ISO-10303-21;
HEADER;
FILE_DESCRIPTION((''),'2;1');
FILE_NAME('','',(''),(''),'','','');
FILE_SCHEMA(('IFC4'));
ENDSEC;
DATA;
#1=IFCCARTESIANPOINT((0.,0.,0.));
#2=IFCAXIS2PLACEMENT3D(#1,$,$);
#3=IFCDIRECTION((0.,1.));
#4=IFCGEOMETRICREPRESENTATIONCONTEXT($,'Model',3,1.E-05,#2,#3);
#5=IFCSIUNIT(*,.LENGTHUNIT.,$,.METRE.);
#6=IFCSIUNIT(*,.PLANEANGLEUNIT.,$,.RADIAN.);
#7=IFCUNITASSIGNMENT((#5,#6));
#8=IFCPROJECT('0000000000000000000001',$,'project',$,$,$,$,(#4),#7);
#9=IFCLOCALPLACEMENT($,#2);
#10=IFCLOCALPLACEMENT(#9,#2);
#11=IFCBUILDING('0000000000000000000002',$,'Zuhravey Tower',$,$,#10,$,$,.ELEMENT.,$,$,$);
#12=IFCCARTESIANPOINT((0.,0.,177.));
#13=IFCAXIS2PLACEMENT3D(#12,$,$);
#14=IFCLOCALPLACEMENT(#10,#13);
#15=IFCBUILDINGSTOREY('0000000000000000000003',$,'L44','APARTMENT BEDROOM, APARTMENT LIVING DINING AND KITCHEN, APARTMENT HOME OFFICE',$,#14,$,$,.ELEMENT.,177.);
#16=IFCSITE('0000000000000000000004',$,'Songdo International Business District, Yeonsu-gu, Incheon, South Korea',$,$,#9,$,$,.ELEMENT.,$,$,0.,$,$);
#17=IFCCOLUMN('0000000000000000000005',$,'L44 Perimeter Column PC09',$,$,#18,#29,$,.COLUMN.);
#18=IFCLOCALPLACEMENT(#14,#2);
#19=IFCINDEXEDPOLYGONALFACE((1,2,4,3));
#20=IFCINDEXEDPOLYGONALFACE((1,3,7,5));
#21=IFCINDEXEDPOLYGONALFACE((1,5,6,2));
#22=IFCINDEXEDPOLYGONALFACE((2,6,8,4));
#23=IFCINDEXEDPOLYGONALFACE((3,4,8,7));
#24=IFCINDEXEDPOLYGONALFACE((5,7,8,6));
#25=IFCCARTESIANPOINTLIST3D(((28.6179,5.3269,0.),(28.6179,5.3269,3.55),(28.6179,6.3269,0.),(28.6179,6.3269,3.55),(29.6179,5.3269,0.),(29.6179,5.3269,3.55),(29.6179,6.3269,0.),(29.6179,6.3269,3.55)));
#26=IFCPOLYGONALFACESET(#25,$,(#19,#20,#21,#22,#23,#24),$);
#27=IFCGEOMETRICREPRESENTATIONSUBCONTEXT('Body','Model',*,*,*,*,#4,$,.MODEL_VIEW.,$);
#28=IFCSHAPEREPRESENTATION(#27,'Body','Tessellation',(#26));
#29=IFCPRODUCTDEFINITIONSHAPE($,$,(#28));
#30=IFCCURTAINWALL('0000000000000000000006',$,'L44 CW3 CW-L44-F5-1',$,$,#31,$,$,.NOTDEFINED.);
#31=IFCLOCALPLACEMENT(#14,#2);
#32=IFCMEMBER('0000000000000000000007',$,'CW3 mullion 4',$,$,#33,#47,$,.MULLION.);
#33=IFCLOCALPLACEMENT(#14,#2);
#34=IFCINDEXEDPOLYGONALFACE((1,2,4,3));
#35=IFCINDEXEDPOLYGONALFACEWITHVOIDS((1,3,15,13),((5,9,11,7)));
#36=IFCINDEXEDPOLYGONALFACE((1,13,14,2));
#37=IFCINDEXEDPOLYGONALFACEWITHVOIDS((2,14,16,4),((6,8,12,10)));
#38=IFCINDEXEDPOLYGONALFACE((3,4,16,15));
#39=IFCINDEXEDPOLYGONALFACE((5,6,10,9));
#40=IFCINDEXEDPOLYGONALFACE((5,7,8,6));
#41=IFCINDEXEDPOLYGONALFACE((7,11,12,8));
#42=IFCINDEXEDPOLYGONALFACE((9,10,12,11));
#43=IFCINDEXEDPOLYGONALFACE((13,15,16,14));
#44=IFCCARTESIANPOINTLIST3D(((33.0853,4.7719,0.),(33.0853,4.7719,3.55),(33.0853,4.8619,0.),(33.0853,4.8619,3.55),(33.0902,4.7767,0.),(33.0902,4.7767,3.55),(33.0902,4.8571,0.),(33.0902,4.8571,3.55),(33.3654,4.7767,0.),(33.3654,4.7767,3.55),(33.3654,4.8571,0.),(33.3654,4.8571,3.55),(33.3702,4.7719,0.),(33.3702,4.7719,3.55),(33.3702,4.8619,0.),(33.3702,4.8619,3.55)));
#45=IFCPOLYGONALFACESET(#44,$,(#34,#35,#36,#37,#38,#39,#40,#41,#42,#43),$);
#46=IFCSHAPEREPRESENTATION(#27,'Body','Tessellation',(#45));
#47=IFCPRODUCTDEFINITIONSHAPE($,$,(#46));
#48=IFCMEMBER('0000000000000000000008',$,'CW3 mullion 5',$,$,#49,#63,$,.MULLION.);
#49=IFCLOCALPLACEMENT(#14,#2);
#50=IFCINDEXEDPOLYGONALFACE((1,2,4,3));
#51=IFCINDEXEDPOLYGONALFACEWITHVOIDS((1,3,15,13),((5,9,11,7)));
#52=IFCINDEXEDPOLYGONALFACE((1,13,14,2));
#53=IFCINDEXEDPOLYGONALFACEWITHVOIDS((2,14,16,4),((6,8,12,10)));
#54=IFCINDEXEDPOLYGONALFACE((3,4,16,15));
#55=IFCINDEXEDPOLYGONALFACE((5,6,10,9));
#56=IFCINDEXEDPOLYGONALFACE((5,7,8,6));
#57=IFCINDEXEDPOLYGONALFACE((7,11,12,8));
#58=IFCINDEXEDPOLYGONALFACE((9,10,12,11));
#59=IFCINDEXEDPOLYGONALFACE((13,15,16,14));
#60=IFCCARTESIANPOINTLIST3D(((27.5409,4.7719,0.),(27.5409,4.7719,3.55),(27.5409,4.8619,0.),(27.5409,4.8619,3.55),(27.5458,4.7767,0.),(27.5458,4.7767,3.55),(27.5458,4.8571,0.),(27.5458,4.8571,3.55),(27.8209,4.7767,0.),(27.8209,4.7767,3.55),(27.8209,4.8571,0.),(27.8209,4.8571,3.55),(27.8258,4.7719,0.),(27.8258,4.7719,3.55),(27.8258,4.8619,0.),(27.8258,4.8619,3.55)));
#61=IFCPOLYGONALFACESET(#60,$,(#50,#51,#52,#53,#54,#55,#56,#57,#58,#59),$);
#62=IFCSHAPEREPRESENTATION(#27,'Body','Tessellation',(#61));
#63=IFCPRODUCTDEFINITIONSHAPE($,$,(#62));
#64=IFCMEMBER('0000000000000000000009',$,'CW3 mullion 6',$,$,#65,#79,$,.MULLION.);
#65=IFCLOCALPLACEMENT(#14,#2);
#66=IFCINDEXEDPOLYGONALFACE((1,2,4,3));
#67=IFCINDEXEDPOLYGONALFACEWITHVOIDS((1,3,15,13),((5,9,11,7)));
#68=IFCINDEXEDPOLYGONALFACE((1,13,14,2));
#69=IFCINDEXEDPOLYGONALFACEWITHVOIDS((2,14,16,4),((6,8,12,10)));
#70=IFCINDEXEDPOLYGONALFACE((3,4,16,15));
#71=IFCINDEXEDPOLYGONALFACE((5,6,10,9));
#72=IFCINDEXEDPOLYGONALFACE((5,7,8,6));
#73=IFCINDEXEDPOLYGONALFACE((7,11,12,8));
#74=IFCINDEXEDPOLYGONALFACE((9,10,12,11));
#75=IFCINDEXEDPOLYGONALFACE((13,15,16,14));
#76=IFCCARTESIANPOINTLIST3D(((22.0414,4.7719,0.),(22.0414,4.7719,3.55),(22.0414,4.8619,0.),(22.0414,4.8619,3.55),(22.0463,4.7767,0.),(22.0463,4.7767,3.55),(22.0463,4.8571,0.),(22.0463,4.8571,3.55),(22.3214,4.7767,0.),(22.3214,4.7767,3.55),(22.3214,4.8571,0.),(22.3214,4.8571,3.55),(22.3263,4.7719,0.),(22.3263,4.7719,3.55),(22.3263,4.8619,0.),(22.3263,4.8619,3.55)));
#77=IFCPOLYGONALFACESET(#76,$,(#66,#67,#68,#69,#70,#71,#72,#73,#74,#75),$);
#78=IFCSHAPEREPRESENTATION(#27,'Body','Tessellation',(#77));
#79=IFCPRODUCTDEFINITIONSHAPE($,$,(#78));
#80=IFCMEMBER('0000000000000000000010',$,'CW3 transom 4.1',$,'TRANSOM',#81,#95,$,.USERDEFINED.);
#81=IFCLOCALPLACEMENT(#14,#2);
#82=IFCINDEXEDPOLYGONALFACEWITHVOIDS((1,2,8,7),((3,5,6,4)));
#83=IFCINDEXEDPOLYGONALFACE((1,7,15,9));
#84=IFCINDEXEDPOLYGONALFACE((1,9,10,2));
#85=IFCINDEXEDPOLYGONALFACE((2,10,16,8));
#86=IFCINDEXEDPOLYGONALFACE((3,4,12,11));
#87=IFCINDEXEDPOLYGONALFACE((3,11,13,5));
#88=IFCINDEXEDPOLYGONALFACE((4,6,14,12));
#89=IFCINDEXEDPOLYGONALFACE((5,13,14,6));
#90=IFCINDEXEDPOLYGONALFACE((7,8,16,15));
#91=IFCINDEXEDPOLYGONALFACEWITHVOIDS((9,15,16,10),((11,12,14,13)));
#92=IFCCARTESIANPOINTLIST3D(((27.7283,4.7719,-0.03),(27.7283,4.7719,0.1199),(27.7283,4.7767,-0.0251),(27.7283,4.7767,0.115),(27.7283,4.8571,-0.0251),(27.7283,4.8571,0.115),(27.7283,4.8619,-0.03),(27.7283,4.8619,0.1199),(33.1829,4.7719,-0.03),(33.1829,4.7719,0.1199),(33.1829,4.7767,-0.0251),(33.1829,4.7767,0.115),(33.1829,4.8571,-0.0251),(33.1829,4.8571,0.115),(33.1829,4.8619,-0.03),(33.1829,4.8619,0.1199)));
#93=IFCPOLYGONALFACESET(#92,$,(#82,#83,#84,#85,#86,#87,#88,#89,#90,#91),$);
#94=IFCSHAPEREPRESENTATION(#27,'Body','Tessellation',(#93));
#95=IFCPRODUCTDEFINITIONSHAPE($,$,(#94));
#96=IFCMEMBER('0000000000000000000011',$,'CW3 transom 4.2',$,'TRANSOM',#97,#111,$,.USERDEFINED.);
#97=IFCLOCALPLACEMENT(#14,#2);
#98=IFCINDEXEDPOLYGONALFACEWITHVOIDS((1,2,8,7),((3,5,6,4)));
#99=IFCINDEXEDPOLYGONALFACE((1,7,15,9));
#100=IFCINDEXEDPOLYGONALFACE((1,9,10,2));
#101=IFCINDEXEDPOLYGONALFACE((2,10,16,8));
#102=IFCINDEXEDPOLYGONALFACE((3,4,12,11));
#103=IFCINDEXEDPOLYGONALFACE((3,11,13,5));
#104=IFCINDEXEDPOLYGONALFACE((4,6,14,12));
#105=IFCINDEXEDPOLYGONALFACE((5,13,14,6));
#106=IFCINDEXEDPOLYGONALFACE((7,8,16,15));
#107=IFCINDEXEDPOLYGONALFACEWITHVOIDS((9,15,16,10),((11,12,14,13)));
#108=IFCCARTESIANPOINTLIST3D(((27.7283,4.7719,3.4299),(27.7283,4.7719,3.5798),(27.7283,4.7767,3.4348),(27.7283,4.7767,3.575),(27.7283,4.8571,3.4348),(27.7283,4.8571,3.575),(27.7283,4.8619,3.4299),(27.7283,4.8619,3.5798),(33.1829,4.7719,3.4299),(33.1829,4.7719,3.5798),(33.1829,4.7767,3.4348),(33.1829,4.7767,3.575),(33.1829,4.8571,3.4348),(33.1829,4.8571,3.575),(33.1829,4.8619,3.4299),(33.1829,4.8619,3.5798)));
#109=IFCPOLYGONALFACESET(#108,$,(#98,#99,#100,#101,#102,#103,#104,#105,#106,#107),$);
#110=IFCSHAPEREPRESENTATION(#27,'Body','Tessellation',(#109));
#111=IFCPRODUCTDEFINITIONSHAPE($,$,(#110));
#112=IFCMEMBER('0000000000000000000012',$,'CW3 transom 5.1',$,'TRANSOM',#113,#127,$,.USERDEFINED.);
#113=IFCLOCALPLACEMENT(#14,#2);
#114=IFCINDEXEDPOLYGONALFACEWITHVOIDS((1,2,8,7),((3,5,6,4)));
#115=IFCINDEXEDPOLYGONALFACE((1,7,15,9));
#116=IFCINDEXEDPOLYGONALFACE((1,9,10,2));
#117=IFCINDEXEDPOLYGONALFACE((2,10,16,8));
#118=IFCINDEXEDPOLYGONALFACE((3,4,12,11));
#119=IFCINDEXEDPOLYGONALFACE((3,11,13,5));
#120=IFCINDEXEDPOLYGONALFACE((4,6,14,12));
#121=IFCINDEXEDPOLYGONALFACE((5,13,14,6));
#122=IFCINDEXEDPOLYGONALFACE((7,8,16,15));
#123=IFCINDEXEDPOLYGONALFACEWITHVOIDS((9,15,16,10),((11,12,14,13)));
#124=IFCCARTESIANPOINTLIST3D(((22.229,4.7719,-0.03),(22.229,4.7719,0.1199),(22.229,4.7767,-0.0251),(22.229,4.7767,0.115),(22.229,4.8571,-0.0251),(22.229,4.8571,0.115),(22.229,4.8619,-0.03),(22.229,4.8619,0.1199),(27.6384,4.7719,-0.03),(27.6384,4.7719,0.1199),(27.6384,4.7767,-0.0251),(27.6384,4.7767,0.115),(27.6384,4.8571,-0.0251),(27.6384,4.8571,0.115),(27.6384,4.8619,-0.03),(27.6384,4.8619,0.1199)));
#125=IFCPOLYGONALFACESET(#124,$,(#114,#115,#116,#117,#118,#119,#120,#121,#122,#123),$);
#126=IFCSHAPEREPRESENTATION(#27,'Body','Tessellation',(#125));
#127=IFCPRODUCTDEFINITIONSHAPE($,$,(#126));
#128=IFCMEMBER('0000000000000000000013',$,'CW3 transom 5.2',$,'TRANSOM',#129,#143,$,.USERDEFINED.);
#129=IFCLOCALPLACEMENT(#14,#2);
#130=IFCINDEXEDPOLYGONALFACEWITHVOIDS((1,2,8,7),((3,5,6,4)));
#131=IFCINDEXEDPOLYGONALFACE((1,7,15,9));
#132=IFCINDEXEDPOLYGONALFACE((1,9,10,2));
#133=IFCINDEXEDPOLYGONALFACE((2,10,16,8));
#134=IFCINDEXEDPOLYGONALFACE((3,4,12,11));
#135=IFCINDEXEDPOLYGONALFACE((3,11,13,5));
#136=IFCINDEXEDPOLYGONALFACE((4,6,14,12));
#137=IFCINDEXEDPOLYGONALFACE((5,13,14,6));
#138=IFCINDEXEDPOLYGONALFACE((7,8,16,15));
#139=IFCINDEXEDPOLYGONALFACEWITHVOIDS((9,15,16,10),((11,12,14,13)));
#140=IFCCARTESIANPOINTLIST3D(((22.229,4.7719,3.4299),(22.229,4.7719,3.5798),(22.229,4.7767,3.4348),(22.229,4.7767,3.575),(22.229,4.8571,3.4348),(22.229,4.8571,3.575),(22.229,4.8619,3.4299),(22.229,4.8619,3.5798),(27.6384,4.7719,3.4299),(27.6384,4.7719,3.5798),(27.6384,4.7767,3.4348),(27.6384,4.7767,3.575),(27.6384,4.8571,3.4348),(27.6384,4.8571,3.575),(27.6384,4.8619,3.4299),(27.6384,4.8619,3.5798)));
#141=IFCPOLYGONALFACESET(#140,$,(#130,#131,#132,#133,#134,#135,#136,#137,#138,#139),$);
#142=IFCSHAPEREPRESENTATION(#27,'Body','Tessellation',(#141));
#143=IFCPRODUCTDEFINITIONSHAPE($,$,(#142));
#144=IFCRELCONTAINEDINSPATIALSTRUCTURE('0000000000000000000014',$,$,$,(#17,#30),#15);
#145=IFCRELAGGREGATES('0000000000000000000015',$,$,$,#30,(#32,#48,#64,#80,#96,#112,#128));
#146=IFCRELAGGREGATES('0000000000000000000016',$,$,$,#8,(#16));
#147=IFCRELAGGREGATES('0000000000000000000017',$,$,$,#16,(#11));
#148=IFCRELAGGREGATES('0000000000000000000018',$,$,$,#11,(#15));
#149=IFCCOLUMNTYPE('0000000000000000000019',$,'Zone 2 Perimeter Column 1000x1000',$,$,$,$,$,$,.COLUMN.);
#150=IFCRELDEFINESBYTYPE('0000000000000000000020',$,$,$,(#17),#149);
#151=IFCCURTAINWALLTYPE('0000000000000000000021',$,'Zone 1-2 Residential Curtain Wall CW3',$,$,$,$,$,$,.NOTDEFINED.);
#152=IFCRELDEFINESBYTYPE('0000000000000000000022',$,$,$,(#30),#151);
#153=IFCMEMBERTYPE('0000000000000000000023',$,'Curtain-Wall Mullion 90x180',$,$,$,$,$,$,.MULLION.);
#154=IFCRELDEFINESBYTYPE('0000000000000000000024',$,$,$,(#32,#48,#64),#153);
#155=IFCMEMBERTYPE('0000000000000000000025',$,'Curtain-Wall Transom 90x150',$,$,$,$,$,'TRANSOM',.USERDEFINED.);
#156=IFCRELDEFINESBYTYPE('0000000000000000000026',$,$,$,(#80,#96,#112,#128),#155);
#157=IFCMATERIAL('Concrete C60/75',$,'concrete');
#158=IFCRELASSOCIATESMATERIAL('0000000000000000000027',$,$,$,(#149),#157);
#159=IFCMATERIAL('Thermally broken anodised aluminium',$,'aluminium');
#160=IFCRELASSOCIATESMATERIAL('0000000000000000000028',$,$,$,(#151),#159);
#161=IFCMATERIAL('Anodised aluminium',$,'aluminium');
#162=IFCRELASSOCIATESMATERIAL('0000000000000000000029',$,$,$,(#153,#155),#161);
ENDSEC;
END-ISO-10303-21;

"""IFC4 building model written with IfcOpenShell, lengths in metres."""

from ifc_helpers import new_model, si_unit, direction, frame, origin, origin_2d, place, context, subcontext, project, spatial, rectangle, hollow_rectangle, extrude, material, material_profile, profile_set, type_object, element, aggregate, save


model = new_model("IFC4")

# Units and contexts
model_context = context("Model", 3, precision=1e-05, world=origin(), true_north=direction((0.0, 1.0)))
body_context = subcontext(model_context, "Body", "Model", "MODEL_VIEW")
ifc_project = project(units=[si_unit("LENGTHUNIT", "METRE"), si_unit("PLANEANGLEUNIT", "RADIAN")], contexts=[model_context])

# Site, building, storey
site_placement = place(None, origin())
site = spatial("IfcSite", under=ifc_project, at=site_placement, Name="Songdo International Business District, Yeonsu-gu, Incheon, South Korea", CompositionType="ELEMENT", RefElevation=0.0)
building_placement = place(site_placement, origin())
building = spatial("IfcBuilding", under=site, at=building_placement, Name="Zuhravey Tower", CompositionType="ELEMENT")
storey_placement = place(building_placement, frame((0.0, 0.0, 177.0)))
storey = spatial("IfcBuildingStorey", under=building, at=storey_placement, Name="L44", Description="APARTMENT BEDROOM, APARTMENT LIVING DINING AND KITCHEN, APARTMENT HOME OFFICE", CompositionType="ELEMENT", Elevation=177.0)

# Column
ifc_material_1 = material(Name="Concrete C60/75", Category="concrete")
ifc_material_profile_1 = material_profile(ifc_material_1, rectangle(XDim=1.0, YDim=1.0, at=origin_2d()), Name="RC-1000x1000")
ifc_profile_set_1 = profile_set([ifc_material_profile_1], Name="Concrete C60/75")
column_type = type_object("IfcColumnType", Name="Zone 2 Perimeter Column 1000x1000", PredefinedType="COLUMN", material=ifc_profile_set_1)
column_placement = place(storey_placement, frame((29.1179, 5.8269, 0.0), z_axis=(0.0, 0.0, 1.0), x_axis=(1.0, 0.0, 0.0)))
element("IfcColumn", 1, at=column_placement, inside=storey, type_object=column_type, Name="L44 Perimeter Column PC09", PredefinedType="COLUMN", context=body_context, shape_type="SweptSolid", body=[
    extrude(rectangle(XDim=1.0, YDim=1.0, at=origin_2d()), origin(), (0.0, 0.0, 1.0), 3.55),
])

# Curtain wall, members
ifc_material_2 = material(Name="Thermally broken anodised aluminium", Category="aluminium")
curtain_wall_type = type_object("IfcCurtainWallType", Name="Zone 1-2 Residential Curtain Wall CW3", PredefinedType="NOTDEFINED", material=ifc_material_2)
curtain_wall_placement = place(storey_placement, origin())
curtain_wall = element("IfcCurtainWall", 2, at=curtain_wall_placement, inside=storey, type_object=curtain_wall_type, Name="L44 CW3 CW-L44-F5-1", PredefinedType="NOTDEFINED")
ifc_material_3 = material(Name="Anodised aluminium", Category="aluminium")
ifc_material_profile_2 = material_profile(ifc_material_3, hollow_rectangle(XDim=0.0901, YDim=0.2849, WallThickness=0.0049, at=origin_2d()), Name="ALU-RHS-90x285x5")
ifc_profile_set_2 = profile_set([ifc_material_profile_2], Name="Anodised aluminium")
member_type_1 = type_object("IfcMemberType", Name="Curtain-Wall Mullion 90x180", PredefinedType="MULLION", material=ifc_profile_set_2)
member_1_placement = place(storey_placement, frame((33.2278, 4.8169, 0.0), z_axis=(0.0, 0.0, 1.0), x_axis=(0.0, -1.0, 0.0)))
member_1 = element("IfcMember", 3, at=member_1_placement, type_object=member_type_1, Name="CW3 mullion 4", PredefinedType="MULLION", context=body_context, shape_type="SweptSolid", body=[
    extrude(hollow_rectangle(XDim=0.0901, YDim=0.2849, WallThickness=0.0049, at=origin_2d()), origin(), (0.0, 0.0, 1.0), 3.55),
])
member_2_placement = place(storey_placement, frame((27.6833, 4.8169, 0.0), z_axis=(0.0, 0.0, 1.0), x_axis=(0.0, -1.0, 0.0)))
member_2 = element("IfcMember", 4, at=member_2_placement, type_object=member_type_1, Name="CW3 mullion 5", PredefinedType="MULLION", context=body_context, shape_type="SweptSolid", body=[
    extrude(hollow_rectangle(XDim=0.0901, YDim=0.2849, WallThickness=0.0049, at=origin_2d()), origin(), (0.0, 0.0, 1.0), 3.55),
])
member_3_placement = place(storey_placement, frame((22.1838, 4.8169, 0.0), z_axis=(0.0, 0.0, 1.0), x_axis=(0.0, -1.0, 0.0)))
member_3 = element("IfcMember", 5, at=member_3_placement, type_object=member_type_1, Name="CW3 mullion 6", PredefinedType="MULLION", context=body_context, shape_type="SweptSolid", body=[
    extrude(hollow_rectangle(XDim=0.0901, YDim=0.2849, WallThickness=0.0049, at=origin_2d()), origin(), (0.0, 0.0, 1.0), 3.55),
])
ifc_material_profile_3 = material_profile(ifc_material_3, hollow_rectangle(XDim=0.0901, YDim=0.1499, WallThickness=0.0049, at=origin_2d()), Name="ALU-RHS-90x150x5")
ifc_profile_set_3 = profile_set([ifc_material_profile_3], Name="Anodised aluminium")
member_type_2 = type_object("IfcMemberType", Name="Curtain-Wall Transom 90x150", ElementType="TRANSOM", PredefinedType="USERDEFINED", material=ifc_profile_set_3)
member_4_placement = place(storey_placement, frame((33.1829, 4.8169, 0.0449), z_axis=(-1.0, 0.0, 0.0), x_axis=(0.0, -1.0, 0.0)))
member_4 = element("IfcMember", 6, at=member_4_placement, type_object=member_type_2, Name="CW3 transom 4.1", ObjectType="TRANSOM", PredefinedType="USERDEFINED", context=body_context, shape_type="SweptSolid", body=[
    extrude(hollow_rectangle(XDim=0.0901, YDim=0.1499, WallThickness=0.0049, at=origin_2d()), origin(), (0.0, 0.0, 1.0), 5.4546),
])
member_5_placement = place(storey_placement, frame((33.1829, 4.8169, 3.5049), z_axis=(-1.0, 0.0, 0.0), x_axis=(0.0, -1.0, 0.0)))
member_5 = element("IfcMember", 7, at=member_5_placement, type_object=member_type_2, Name="CW3 transom 4.2", ObjectType="TRANSOM", PredefinedType="USERDEFINED", context=body_context, shape_type="SweptSolid", body=[
    extrude(hollow_rectangle(XDim=0.0901, YDim=0.1499, WallThickness=0.0049, at=origin_2d()), origin(), (0.0, 0.0, 1.0), 5.4546),
])
member_6_placement = place(storey_placement, frame((27.6384, 4.8169, 0.0449), z_axis=(-1.0, 0.0, 0.0), x_axis=(0.0, -1.0, 0.0)))
member_6 = element("IfcMember", 8, at=member_6_placement, type_object=member_type_2, Name="CW3 transom 5.1", ObjectType="TRANSOM", PredefinedType="USERDEFINED", context=body_context, shape_type="SweptSolid", body=[
    extrude(hollow_rectangle(XDim=0.0901, YDim=0.1499, WallThickness=0.0049, at=origin_2d()), origin(), (0.0, 0.0, 1.0), 5.4094),
])
member_7_placement = place(storey_placement, frame((27.6384, 4.8169, 3.5049), z_axis=(-1.0, 0.0, 0.0), x_axis=(0.0, -1.0, 0.0)))
member_7 = element("IfcMember", 9, at=member_7_placement, type_object=member_type_2, Name="CW3 transom 5.2", ObjectType="TRANSOM", PredefinedType="USERDEFINED", context=body_context, shape_type="SweptSolid", body=[
    extrude(hollow_rectangle(XDim=0.0901, YDim=0.1499, WallThickness=0.0049, at=origin_2d()), origin(), (0.0, 0.0, 1.0), 5.4094),
])

aggregate(curtain_wall, [member_1, member_2, member_3, member_4, member_5, member_6, member_7])

save(model, "model.ifc")
